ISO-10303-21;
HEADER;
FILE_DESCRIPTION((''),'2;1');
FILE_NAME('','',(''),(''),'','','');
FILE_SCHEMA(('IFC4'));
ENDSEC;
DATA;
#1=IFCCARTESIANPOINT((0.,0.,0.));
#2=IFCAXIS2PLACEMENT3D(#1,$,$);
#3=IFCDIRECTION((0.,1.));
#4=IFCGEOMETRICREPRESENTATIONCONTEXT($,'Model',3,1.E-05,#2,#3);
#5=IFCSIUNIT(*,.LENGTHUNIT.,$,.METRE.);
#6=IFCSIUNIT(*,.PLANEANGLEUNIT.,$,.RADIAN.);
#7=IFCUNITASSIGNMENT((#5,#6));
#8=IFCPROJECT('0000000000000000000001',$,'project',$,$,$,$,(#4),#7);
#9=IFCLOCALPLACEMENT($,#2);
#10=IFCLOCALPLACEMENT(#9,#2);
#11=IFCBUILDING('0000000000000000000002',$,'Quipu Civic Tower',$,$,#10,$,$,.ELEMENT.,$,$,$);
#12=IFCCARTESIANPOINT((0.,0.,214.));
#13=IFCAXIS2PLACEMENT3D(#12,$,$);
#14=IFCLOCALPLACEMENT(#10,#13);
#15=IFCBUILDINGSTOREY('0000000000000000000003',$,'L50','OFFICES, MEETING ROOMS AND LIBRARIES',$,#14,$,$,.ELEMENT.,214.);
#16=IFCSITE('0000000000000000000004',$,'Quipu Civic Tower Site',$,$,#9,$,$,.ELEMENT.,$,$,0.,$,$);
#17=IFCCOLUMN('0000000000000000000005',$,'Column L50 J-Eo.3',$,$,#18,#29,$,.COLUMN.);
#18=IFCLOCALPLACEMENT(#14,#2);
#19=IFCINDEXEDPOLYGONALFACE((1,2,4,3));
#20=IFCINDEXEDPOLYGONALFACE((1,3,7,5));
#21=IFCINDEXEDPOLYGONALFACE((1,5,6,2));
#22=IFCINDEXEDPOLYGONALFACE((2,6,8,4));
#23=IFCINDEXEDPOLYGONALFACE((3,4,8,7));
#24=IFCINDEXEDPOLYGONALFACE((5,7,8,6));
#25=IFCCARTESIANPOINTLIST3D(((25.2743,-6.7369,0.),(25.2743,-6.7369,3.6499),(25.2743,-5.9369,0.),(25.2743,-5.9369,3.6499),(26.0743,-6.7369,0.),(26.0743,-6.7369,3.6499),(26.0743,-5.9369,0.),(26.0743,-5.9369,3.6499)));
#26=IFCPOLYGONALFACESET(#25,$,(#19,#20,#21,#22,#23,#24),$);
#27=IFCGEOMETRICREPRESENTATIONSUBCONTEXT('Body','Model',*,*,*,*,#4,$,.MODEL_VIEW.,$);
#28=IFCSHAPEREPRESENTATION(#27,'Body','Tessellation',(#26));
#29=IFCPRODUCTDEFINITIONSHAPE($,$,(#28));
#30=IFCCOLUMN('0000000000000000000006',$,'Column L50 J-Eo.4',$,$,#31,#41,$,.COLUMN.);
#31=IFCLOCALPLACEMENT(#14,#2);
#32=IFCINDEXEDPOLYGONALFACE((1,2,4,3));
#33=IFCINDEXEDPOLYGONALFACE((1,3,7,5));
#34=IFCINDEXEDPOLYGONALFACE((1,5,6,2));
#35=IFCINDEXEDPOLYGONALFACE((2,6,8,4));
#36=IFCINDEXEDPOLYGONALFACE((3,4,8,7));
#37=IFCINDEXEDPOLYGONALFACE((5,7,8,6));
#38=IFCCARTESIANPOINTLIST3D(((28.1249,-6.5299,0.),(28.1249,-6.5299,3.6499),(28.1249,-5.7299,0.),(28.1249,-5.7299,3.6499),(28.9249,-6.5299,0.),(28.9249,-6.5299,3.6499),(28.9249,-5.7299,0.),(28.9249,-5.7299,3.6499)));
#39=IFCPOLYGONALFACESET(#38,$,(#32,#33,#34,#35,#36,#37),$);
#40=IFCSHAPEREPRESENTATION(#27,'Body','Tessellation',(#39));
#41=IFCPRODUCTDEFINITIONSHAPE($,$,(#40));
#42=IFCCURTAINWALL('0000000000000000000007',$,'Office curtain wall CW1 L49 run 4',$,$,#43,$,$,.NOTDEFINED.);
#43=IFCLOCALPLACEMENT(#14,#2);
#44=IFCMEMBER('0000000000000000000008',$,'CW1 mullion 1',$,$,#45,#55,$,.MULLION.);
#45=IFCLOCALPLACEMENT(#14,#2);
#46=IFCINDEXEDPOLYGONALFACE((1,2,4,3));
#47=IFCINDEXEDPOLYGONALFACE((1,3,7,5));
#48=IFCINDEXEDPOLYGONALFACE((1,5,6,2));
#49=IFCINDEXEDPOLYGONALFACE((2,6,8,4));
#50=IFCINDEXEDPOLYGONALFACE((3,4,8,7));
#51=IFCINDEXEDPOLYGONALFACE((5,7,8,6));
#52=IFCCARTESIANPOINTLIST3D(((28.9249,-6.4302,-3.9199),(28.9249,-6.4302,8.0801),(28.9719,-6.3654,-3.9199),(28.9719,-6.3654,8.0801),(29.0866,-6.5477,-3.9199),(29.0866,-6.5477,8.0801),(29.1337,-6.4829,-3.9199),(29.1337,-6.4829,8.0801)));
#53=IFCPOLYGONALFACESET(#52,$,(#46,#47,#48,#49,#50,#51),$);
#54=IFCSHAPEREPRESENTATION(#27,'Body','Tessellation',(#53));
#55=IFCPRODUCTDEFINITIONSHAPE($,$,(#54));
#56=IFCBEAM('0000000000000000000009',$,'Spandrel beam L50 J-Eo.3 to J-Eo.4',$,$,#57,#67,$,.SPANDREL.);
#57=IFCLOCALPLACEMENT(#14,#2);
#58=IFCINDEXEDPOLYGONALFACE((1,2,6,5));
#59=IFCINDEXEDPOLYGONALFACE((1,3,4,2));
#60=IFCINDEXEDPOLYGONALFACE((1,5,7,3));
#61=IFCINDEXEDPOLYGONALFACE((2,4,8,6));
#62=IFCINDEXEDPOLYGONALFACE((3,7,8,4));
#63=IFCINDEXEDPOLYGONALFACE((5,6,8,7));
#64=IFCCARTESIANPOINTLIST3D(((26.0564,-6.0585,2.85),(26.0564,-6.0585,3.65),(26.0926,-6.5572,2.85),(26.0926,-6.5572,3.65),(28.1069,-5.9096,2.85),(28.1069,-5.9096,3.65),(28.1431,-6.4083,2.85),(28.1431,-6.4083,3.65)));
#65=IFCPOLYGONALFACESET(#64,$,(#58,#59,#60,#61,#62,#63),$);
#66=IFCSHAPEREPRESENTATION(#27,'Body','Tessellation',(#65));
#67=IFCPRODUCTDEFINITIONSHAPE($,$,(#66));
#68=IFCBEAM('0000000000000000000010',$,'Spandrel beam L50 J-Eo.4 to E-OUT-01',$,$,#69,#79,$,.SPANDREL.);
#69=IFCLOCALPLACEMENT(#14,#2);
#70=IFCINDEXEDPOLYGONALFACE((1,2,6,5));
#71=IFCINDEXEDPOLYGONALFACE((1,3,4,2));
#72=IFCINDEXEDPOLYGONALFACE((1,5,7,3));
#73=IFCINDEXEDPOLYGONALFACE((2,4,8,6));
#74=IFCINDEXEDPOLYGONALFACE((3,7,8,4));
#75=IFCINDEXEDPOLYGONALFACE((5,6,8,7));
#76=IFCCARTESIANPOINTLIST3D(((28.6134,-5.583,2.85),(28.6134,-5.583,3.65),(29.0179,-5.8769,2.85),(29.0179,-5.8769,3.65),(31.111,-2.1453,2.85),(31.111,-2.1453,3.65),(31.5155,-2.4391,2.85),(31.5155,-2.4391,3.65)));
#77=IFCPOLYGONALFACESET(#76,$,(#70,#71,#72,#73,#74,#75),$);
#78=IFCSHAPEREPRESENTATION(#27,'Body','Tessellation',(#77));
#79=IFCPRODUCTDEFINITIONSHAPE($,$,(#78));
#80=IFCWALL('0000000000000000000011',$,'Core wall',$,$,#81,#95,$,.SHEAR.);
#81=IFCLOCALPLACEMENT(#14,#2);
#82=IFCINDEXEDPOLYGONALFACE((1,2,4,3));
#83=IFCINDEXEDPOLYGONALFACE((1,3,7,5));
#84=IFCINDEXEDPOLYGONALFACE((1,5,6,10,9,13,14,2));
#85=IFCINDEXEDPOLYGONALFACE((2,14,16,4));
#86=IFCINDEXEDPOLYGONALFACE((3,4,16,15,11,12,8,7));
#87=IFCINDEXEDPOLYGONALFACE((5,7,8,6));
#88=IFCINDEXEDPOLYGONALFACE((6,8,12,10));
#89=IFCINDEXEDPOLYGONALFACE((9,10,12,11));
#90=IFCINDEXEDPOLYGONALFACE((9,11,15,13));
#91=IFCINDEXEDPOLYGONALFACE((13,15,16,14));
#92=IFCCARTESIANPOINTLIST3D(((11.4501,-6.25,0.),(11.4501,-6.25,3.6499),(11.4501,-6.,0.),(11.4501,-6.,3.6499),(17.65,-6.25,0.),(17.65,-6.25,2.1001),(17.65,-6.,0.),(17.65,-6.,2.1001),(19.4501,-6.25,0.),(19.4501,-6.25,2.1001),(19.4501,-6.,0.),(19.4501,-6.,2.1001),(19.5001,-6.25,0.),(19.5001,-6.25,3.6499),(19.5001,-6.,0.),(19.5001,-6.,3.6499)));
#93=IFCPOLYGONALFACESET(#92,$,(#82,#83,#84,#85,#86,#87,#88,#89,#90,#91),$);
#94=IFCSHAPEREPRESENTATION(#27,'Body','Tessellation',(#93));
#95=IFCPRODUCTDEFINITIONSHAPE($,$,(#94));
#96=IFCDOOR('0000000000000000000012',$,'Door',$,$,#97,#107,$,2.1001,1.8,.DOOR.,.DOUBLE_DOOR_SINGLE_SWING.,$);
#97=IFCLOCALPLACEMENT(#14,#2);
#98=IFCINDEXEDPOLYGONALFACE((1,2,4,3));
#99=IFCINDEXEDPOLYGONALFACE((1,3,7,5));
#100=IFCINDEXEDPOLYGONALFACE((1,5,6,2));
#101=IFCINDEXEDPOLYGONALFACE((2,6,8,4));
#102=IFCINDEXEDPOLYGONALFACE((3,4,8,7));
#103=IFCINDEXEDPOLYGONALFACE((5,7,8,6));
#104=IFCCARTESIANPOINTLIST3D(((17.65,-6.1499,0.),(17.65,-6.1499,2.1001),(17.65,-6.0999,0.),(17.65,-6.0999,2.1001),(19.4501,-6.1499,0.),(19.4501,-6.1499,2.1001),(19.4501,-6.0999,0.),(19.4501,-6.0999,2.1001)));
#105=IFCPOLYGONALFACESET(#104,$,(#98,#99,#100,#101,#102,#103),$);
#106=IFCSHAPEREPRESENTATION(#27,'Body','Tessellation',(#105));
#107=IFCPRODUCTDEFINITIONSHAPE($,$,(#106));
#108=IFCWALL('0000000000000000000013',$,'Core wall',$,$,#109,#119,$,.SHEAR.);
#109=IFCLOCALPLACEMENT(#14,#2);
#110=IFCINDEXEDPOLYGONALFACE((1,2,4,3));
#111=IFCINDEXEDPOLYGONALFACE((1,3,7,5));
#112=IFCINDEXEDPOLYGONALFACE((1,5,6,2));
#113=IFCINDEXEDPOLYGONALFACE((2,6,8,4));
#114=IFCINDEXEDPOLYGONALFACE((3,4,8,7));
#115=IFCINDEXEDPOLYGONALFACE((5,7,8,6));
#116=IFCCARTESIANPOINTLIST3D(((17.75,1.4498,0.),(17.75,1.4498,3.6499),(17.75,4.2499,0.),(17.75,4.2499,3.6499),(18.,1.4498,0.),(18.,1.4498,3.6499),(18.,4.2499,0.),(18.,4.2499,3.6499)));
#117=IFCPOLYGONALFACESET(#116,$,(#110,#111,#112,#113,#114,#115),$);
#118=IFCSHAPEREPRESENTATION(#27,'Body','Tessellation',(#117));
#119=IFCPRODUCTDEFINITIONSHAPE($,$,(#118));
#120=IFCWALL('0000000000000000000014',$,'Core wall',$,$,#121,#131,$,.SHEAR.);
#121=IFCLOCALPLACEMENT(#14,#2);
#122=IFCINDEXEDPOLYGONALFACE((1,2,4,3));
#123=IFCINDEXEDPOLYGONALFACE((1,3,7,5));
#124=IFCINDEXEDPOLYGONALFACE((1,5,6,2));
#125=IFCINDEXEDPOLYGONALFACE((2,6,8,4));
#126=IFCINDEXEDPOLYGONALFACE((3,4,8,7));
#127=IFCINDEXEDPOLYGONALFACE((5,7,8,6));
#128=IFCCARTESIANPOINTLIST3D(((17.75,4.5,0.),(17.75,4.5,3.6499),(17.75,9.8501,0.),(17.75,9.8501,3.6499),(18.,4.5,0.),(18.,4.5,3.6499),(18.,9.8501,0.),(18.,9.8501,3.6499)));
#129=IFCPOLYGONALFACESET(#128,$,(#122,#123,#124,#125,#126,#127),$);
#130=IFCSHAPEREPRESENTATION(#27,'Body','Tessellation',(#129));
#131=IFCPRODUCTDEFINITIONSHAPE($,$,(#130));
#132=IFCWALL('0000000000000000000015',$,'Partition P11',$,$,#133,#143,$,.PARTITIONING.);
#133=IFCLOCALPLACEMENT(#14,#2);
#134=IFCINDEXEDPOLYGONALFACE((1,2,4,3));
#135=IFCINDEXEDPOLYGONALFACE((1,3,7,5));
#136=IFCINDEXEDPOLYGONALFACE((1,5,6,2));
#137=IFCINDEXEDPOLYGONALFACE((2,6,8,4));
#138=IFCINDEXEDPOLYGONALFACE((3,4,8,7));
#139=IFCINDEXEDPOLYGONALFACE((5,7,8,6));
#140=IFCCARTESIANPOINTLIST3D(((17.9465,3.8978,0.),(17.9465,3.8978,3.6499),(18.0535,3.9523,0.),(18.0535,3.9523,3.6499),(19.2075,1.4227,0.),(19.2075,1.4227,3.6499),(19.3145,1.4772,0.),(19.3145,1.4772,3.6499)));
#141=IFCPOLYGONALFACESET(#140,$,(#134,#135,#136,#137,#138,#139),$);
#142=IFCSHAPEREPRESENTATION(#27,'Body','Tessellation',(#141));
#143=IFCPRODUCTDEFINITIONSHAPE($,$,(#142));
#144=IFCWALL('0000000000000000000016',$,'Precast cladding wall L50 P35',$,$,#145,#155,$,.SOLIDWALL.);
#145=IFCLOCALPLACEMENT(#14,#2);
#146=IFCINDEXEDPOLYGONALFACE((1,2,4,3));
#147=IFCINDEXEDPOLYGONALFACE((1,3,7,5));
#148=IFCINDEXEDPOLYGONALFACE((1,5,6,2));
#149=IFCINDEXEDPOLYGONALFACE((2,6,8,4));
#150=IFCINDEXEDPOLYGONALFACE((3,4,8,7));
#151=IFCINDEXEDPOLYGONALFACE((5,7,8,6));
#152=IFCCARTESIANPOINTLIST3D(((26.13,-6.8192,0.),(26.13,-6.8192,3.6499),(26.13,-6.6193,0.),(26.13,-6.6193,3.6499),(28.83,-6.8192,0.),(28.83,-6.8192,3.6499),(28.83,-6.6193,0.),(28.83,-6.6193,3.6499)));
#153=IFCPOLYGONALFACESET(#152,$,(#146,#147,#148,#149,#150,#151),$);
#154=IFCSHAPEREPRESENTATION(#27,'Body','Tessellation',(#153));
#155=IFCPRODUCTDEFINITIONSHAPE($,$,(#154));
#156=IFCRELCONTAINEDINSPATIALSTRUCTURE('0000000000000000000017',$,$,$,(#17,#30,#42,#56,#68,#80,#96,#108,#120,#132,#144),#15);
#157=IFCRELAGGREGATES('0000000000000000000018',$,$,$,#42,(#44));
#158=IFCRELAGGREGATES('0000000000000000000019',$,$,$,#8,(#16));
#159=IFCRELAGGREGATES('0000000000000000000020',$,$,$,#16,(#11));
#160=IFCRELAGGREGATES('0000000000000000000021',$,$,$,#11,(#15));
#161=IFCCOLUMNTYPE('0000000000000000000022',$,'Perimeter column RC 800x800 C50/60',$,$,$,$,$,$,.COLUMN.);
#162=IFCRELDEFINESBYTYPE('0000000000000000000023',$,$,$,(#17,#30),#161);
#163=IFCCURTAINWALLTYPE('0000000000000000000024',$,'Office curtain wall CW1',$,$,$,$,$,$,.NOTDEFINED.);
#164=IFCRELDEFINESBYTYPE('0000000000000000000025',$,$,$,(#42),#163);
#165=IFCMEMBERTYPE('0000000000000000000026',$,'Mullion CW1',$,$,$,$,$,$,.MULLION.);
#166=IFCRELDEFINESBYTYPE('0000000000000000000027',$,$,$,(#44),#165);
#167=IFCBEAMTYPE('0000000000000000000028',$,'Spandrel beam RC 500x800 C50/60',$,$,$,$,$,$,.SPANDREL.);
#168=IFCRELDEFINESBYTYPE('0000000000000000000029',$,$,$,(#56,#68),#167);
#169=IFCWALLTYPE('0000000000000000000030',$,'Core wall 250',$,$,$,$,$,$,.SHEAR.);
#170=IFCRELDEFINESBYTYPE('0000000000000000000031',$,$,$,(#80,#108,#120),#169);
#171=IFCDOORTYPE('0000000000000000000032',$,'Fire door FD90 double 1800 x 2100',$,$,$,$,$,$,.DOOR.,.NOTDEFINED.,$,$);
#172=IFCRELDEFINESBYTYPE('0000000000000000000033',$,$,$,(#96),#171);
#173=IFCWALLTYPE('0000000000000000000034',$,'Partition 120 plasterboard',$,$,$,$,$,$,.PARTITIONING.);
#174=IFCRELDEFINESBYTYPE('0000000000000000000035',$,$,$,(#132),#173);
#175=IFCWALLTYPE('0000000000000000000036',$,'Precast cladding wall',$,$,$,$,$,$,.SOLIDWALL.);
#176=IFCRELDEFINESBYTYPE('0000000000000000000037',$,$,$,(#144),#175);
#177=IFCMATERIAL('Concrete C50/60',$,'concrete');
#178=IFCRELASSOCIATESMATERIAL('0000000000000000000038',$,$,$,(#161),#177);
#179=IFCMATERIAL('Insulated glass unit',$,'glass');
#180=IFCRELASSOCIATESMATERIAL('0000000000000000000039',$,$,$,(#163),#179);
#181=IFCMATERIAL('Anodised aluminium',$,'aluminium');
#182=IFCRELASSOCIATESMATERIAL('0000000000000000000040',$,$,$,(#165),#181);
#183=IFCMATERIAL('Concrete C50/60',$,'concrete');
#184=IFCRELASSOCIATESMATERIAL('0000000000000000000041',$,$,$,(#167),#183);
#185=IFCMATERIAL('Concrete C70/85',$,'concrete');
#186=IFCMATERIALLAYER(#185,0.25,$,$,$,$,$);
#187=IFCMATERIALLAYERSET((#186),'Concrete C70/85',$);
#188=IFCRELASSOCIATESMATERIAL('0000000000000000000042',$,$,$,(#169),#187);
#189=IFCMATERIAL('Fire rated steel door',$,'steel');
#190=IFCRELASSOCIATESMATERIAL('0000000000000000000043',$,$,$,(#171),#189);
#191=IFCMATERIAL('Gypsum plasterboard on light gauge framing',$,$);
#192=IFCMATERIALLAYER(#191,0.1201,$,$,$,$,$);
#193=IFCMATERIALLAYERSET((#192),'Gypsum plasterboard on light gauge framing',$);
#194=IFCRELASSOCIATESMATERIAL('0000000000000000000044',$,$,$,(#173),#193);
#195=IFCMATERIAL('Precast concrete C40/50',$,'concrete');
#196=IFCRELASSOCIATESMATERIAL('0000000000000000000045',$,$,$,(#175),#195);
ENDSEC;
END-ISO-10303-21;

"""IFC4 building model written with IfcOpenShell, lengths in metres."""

from ifc_helpers import new_model, si_unit, direction, frame, frame_2d, origin, origin_2d, place, context, subcontext, project, spatial, rectangle, extrude, material, layer, layer_set, material_profile, profile_set, type_object, element, fill, aggregate, save


model = new_model("IFC4")

# Units and contexts
model_context = context("Model", 3, precision=1e-05, world=origin(), true_north=direction((0.0, 1.0)))
body_context = subcontext(model_context, "Body", "Model", "MODEL_VIEW")
ifc_project = project(units=[si_unit("LENGTHUNIT", "METRE"), si_unit("PLANEANGLEUNIT", "RADIAN")], contexts=[model_context])

# Site, building, storey
site_placement = place(None, origin())
site = spatial("IfcSite", under=ifc_project, at=site_placement, Name="Quipu Civic Tower Site", CompositionType="ELEMENT", RefElevation=0.0)
building_placement = place(site_placement, origin())
building = spatial("IfcBuilding", under=site, at=building_placement, Name="Quipu Civic Tower", CompositionType="ELEMENT")
storey_placement = place(building_placement, frame((0.0, 0.0, 214.0)))
storey = spatial("IfcBuildingStorey", under=building, at=storey_placement, Name="L50", Description="OFFICES, MEETING ROOMS AND LIBRARIES", CompositionType="ELEMENT", Elevation=214.0)

# Columns
ifc_material_1 = material(Name="Concrete C50/60", Category="concrete")
ifc_material_profile_1 = material_profile(ifc_material_1, rectangle(XDim=0.8, YDim=0.8, at=origin_2d()), Name="RC800x800")
ifc_profile_set_1 = profile_set([ifc_material_profile_1], Name="Concrete C50/60")
column_type = type_object("IfcColumnType", Name="Perimeter column RC 800x800 C50/60", PredefinedType="COLUMN", material=ifc_profile_set_1)
for number, where, z_axis, x_axis, name in (
    (1, (25.6743, -6.3369, 0.0), (0.0, 0.0, 1.0), (1.0, 0.0, 0.0), "Column L50 J-Eo.3"),
    (2, (28.5249, -6.1299, 0.0), (0.0, 0.0, 1.0), (1.0, 0.0, 0.0), "Column L50 J-Eo.4"),
):
    element("IfcColumn", number, at=place(storey_placement, frame(where, z_axis=z_axis, x_axis=x_axis)), inside=storey, type_object=column_type, Name=name, PredefinedType="COLUMN", context=body_context, shape_type="SweptSolid", body=[
        extrude(rectangle(XDim=0.8, YDim=0.8, at=origin_2d()), origin(), (0.0, 0.0, 1.0), 3.6499),
    ])

# Curtain wall, member
ifc_material_2 = material(Name="Insulated glass unit", Category="glass")
curtain_wall_type = type_object("IfcCurtainWallType", Name="Office curtain wall CW1", PredefinedType="NOTDEFINED", material=ifc_material_2)
curtain_wall_placement = place(storey_placement, origin())
curtain_wall = element("IfcCurtainWall", 3, at=curtain_wall_placement, inside=storey, type_object=curtain_wall_type, Name="Office curtain wall CW1 L49 run 4", PredefinedType="NOTDEFINED")
ifc_material_3 = material(Name="Anodised aluminium", Category="aluminium")
ifc_material_profile_2 = material_profile(ifc_material_3, rectangle(XDim=0.2, YDim=0.0801, at=origin_2d()), Name="RECT 200x80")
ifc_profile_set_2 = profile_set([ifc_material_profile_2], Name="Anodised aluminium")
member_type = type_object("IfcMemberType", Name="Mullion CW1", PredefinedType="MULLION", material=ifc_profile_set_2)
member_placement = place(storey_placement, frame((29.0293, -6.4565, -3.9199), z_axis=(0.0, 0.0, 1.0), x_axis=(-0.809016, 0.587787, 0.0)))
member = element("IfcMember", 4, at=member_placement, type_object=member_type, Name="CW1 mullion 1", PredefinedType="MULLION", context=body_context, shape_type="SweptSolid", body=[
    extrude(rectangle(XDim=0.2, YDim=0.0801, at=origin_2d()), origin(), (0.0, 0.0, 1.0), 12.0),
])
aggregate(curtain_wall, [member])

# Beams
ifc_material_4 = material(Name="Concrete C50/60", Category="concrete")
ifc_material_profile_3 = material_profile(ifc_material_4, rectangle(XDim=0.5, YDim=0.8, at=origin_2d()), Name="RC500x800")
ifc_profile_set_3 = profile_set([ifc_material_profile_3], Name="Concrete C50/60")
beam_type = type_object("IfcBeamType", Name="Spandrel beam RC 500x800 C50/60", PredefinedType="SPANDREL", material=ifc_profile_set_3)
beam_1_placement = place(storey_placement, frame((26.0745, -6.3079, 3.25), z_axis=(0.997373, 0.072437, 0.0), x_axis=(-0.072437, 0.997373, 0.0)))
element("IfcBeam", 5, at=beam_1_placement, inside=storey, type_object=beam_type, Name="Spandrel beam L50 J-Eo.3 to J-Eo.4", PredefinedType="SPANDREL", context=body_context, shape_type="SweptSolid", body=[
    extrude(rectangle(XDim=0.5, YDim=0.8, at=origin_2d()), origin(), (0.0, 0.0, 1.0), 2.0559),
])
beam_2_placement = place(storey_placement, frame((28.8157, -5.73, 3.25), z_axis=(0.587769, 0.809029, 0.0), x_axis=(-0.809029, 0.587769, 0.0)))
element("IfcBeam", 6, at=beam_2_placement, inside=storey, type_object=beam_type, Name="Spandrel beam L50 J-Eo.4 to E-OUT-01", PredefinedType="SPANDREL", context=body_context, shape_type="SweptSolid", body=[
    extrude(rectangle(XDim=0.5, YDim=0.8, at=origin_2d()), origin(), (0.0, 0.0, 1.0), 4.2493),
])

# Wall, opening, door
ifc_material_5 = material(Name="Concrete C70/85", Category="concrete")
ifc_layer_1 = layer(ifc_material_5, 0.25)
ifc_layer_set_1 = layer_set([ifc_layer_1], Name="Concrete C70/85")
wall_type_1 = type_object("IfcWallType", Name="Core wall 250", PredefinedType="SHEAR", material=ifc_layer_set_1)
wall_1_placement = place(storey_placement, frame((19.5, -6.125, 0.0), z_axis=(0.0, 0.0, 1.0), x_axis=(-1.0, 0.0, 0.0)))
wall_1 = element("IfcWall", 7, at=wall_1_placement, inside=storey, type_object=wall_type_1, Name="Core wall", PredefinedType="SHEAR", context=body_context, shape_type="SweptSolid", body=[
    extrude(rectangle(XDim=8.05, YDim=0.25, at=frame_2d((4.0249, 0.0))), origin(), (0.0, 0.0, 1.0), 3.6499),
])
opening_1_placement = place(wall_1_placement, frame((0.05, 0.0, 0.0)))
opening_1 = element("IfcOpeningElement", 8, at=opening_1_placement, cuts=wall_1, PredefinedType="OPENING", context=body_context, shape_type="SweptSolid", body=[
    extrude(rectangle(XDim=1.8, YDim=2.1001, at=frame_2d((0.8999, 1.05))), frame((0.0, 0.135, 0.0), z_axis=(0.0, -1.0, 0.0), x_axis=(1.0, 0.0, 0.0)), (0.0, 0.0, 1.0), 0.27),
])
ifc_material_6 = material(Name="Fire rated steel door", Category="steel")
door_type_1 = type_object("IfcDoorType", Name="Fire door FD90 double 1800 x 2100", OperationType="NOTDEFINED", PredefinedType="DOOR", material=ifc_material_6)
door_1_placement = place(opening_1_placement, origin())
door_1 = element("IfcDoor", 9, at=door_1_placement, inside=storey, type_object=door_type_1, Name="Door", OperationType="DOUBLE_DOOR_SINGLE_SWING", OverallHeight=2.1001, OverallWidth=1.8, PredefinedType="DOOR", context=body_context, shape_type="SweptSolid", body=[
    extrude(rectangle(XDim=1.8, YDim=2.1001, at=frame_2d((0.8999, 1.05))), frame((0.0, 0.0249, 0.0), z_axis=(0.0, -1.0, 0.0), x_axis=(1.0, 0.0, 0.0)), (0.0, 0.0, 1.0), 0.05),
])
fill(opening_1, door_1)

# Walls
wall_2_placement = place(storey_placement, frame((17.875, 1.45, 0.0), z_axis=(0.0, 0.0, 1.0), x_axis=(0.0, 1.0, 0.0)))
element("IfcWall", 10, at=wall_2_placement, inside=storey, type_object=wall_type_1, Name="Core wall", PredefinedType="SHEAR", context=body_context, shape_type="SweptSolid", body=[
    extrude(rectangle(XDim=2.8, YDim=0.25, at=frame_2d((1.3999, 0.0))), origin(), (0.0, 0.0, 1.0), 3.6499),
])
wall_3_placement = place(storey_placement, frame((17.875, 4.5, 0.0), z_axis=(0.0, 0.0, 1.0), x_axis=(0.0, 1.0, 0.0)))
element("IfcWall", 11, at=wall_3_placement, inside=storey, type_object=wall_type_1, Name="Core wall", PredefinedType="SHEAR", context=body_context, shape_type="SweptSolid", body=[
    extrude(rectangle(XDim=5.3501, YDim=0.25, at=frame_2d((2.675, 0.0))), origin(), (0.0, 0.0, 1.0), 3.6499),
])

# Walls
ifc_material_7 = material(Name="Gypsum plasterboard on light gauge framing")
ifc_layer_2 = layer(ifc_material_7, 0.1201)
ifc_layer_set_2 = layer_set([ifc_layer_2], Name="Gypsum plasterboard on light gauge framing")
wall_type_2 = type_object("IfcWallType", Name="Partition 120 plasterboard", PredefinedType="PARTITIONING", material=ifc_layer_set_2)
wall_4_placement = place(storey_placement, frame((18.0, 3.925, 0.0), z_axis=(0.0, 0.0, 1.0), x_axis=(0.453951, -0.891027, 0.0)))
element("IfcWall", 12, at=wall_4_placement, inside=storey, type_object=wall_type_2, Name="Partition P11", PredefinedType="PARTITIONING", context=body_context, shape_type="SweptSolid", body=[
    extrude(rectangle(XDim=2.7778, YDim=0.1201, at=frame_2d((1.3889, 0.0))), origin(), (0.0, 0.0, 1.0), 3.6499),
])
ifc_material_8 = material(Name="Precast concrete C40/50", Category="concrete")
wall_type_3 = type_object("IfcWallType", Name="Precast cladding wall", PredefinedType="SOLIDWALL", material=ifc_material_8)
wall_5_placement = place(storey_placement, frame((26.1299, -6.7192, 0.0), z_axis=(0.0, 0.0, 1.0), x_axis=(1.0, 0.0, 0.0)))
element("IfcWall", 13, at=wall_5_placement, inside=storey, type_object=wall_type_3, Name="Precast cladding wall L50 P35", PredefinedType="SOLIDWALL", context=body_context, shape_type="SweptSolid", body=[
    extrude(rectangle(XDim=2.7, YDim=0.2, at=frame_2d((1.3501, 0.0))), origin(), (0.0, 0.0, 1.0), 3.6499),
])

save(model, "model.ifc")
